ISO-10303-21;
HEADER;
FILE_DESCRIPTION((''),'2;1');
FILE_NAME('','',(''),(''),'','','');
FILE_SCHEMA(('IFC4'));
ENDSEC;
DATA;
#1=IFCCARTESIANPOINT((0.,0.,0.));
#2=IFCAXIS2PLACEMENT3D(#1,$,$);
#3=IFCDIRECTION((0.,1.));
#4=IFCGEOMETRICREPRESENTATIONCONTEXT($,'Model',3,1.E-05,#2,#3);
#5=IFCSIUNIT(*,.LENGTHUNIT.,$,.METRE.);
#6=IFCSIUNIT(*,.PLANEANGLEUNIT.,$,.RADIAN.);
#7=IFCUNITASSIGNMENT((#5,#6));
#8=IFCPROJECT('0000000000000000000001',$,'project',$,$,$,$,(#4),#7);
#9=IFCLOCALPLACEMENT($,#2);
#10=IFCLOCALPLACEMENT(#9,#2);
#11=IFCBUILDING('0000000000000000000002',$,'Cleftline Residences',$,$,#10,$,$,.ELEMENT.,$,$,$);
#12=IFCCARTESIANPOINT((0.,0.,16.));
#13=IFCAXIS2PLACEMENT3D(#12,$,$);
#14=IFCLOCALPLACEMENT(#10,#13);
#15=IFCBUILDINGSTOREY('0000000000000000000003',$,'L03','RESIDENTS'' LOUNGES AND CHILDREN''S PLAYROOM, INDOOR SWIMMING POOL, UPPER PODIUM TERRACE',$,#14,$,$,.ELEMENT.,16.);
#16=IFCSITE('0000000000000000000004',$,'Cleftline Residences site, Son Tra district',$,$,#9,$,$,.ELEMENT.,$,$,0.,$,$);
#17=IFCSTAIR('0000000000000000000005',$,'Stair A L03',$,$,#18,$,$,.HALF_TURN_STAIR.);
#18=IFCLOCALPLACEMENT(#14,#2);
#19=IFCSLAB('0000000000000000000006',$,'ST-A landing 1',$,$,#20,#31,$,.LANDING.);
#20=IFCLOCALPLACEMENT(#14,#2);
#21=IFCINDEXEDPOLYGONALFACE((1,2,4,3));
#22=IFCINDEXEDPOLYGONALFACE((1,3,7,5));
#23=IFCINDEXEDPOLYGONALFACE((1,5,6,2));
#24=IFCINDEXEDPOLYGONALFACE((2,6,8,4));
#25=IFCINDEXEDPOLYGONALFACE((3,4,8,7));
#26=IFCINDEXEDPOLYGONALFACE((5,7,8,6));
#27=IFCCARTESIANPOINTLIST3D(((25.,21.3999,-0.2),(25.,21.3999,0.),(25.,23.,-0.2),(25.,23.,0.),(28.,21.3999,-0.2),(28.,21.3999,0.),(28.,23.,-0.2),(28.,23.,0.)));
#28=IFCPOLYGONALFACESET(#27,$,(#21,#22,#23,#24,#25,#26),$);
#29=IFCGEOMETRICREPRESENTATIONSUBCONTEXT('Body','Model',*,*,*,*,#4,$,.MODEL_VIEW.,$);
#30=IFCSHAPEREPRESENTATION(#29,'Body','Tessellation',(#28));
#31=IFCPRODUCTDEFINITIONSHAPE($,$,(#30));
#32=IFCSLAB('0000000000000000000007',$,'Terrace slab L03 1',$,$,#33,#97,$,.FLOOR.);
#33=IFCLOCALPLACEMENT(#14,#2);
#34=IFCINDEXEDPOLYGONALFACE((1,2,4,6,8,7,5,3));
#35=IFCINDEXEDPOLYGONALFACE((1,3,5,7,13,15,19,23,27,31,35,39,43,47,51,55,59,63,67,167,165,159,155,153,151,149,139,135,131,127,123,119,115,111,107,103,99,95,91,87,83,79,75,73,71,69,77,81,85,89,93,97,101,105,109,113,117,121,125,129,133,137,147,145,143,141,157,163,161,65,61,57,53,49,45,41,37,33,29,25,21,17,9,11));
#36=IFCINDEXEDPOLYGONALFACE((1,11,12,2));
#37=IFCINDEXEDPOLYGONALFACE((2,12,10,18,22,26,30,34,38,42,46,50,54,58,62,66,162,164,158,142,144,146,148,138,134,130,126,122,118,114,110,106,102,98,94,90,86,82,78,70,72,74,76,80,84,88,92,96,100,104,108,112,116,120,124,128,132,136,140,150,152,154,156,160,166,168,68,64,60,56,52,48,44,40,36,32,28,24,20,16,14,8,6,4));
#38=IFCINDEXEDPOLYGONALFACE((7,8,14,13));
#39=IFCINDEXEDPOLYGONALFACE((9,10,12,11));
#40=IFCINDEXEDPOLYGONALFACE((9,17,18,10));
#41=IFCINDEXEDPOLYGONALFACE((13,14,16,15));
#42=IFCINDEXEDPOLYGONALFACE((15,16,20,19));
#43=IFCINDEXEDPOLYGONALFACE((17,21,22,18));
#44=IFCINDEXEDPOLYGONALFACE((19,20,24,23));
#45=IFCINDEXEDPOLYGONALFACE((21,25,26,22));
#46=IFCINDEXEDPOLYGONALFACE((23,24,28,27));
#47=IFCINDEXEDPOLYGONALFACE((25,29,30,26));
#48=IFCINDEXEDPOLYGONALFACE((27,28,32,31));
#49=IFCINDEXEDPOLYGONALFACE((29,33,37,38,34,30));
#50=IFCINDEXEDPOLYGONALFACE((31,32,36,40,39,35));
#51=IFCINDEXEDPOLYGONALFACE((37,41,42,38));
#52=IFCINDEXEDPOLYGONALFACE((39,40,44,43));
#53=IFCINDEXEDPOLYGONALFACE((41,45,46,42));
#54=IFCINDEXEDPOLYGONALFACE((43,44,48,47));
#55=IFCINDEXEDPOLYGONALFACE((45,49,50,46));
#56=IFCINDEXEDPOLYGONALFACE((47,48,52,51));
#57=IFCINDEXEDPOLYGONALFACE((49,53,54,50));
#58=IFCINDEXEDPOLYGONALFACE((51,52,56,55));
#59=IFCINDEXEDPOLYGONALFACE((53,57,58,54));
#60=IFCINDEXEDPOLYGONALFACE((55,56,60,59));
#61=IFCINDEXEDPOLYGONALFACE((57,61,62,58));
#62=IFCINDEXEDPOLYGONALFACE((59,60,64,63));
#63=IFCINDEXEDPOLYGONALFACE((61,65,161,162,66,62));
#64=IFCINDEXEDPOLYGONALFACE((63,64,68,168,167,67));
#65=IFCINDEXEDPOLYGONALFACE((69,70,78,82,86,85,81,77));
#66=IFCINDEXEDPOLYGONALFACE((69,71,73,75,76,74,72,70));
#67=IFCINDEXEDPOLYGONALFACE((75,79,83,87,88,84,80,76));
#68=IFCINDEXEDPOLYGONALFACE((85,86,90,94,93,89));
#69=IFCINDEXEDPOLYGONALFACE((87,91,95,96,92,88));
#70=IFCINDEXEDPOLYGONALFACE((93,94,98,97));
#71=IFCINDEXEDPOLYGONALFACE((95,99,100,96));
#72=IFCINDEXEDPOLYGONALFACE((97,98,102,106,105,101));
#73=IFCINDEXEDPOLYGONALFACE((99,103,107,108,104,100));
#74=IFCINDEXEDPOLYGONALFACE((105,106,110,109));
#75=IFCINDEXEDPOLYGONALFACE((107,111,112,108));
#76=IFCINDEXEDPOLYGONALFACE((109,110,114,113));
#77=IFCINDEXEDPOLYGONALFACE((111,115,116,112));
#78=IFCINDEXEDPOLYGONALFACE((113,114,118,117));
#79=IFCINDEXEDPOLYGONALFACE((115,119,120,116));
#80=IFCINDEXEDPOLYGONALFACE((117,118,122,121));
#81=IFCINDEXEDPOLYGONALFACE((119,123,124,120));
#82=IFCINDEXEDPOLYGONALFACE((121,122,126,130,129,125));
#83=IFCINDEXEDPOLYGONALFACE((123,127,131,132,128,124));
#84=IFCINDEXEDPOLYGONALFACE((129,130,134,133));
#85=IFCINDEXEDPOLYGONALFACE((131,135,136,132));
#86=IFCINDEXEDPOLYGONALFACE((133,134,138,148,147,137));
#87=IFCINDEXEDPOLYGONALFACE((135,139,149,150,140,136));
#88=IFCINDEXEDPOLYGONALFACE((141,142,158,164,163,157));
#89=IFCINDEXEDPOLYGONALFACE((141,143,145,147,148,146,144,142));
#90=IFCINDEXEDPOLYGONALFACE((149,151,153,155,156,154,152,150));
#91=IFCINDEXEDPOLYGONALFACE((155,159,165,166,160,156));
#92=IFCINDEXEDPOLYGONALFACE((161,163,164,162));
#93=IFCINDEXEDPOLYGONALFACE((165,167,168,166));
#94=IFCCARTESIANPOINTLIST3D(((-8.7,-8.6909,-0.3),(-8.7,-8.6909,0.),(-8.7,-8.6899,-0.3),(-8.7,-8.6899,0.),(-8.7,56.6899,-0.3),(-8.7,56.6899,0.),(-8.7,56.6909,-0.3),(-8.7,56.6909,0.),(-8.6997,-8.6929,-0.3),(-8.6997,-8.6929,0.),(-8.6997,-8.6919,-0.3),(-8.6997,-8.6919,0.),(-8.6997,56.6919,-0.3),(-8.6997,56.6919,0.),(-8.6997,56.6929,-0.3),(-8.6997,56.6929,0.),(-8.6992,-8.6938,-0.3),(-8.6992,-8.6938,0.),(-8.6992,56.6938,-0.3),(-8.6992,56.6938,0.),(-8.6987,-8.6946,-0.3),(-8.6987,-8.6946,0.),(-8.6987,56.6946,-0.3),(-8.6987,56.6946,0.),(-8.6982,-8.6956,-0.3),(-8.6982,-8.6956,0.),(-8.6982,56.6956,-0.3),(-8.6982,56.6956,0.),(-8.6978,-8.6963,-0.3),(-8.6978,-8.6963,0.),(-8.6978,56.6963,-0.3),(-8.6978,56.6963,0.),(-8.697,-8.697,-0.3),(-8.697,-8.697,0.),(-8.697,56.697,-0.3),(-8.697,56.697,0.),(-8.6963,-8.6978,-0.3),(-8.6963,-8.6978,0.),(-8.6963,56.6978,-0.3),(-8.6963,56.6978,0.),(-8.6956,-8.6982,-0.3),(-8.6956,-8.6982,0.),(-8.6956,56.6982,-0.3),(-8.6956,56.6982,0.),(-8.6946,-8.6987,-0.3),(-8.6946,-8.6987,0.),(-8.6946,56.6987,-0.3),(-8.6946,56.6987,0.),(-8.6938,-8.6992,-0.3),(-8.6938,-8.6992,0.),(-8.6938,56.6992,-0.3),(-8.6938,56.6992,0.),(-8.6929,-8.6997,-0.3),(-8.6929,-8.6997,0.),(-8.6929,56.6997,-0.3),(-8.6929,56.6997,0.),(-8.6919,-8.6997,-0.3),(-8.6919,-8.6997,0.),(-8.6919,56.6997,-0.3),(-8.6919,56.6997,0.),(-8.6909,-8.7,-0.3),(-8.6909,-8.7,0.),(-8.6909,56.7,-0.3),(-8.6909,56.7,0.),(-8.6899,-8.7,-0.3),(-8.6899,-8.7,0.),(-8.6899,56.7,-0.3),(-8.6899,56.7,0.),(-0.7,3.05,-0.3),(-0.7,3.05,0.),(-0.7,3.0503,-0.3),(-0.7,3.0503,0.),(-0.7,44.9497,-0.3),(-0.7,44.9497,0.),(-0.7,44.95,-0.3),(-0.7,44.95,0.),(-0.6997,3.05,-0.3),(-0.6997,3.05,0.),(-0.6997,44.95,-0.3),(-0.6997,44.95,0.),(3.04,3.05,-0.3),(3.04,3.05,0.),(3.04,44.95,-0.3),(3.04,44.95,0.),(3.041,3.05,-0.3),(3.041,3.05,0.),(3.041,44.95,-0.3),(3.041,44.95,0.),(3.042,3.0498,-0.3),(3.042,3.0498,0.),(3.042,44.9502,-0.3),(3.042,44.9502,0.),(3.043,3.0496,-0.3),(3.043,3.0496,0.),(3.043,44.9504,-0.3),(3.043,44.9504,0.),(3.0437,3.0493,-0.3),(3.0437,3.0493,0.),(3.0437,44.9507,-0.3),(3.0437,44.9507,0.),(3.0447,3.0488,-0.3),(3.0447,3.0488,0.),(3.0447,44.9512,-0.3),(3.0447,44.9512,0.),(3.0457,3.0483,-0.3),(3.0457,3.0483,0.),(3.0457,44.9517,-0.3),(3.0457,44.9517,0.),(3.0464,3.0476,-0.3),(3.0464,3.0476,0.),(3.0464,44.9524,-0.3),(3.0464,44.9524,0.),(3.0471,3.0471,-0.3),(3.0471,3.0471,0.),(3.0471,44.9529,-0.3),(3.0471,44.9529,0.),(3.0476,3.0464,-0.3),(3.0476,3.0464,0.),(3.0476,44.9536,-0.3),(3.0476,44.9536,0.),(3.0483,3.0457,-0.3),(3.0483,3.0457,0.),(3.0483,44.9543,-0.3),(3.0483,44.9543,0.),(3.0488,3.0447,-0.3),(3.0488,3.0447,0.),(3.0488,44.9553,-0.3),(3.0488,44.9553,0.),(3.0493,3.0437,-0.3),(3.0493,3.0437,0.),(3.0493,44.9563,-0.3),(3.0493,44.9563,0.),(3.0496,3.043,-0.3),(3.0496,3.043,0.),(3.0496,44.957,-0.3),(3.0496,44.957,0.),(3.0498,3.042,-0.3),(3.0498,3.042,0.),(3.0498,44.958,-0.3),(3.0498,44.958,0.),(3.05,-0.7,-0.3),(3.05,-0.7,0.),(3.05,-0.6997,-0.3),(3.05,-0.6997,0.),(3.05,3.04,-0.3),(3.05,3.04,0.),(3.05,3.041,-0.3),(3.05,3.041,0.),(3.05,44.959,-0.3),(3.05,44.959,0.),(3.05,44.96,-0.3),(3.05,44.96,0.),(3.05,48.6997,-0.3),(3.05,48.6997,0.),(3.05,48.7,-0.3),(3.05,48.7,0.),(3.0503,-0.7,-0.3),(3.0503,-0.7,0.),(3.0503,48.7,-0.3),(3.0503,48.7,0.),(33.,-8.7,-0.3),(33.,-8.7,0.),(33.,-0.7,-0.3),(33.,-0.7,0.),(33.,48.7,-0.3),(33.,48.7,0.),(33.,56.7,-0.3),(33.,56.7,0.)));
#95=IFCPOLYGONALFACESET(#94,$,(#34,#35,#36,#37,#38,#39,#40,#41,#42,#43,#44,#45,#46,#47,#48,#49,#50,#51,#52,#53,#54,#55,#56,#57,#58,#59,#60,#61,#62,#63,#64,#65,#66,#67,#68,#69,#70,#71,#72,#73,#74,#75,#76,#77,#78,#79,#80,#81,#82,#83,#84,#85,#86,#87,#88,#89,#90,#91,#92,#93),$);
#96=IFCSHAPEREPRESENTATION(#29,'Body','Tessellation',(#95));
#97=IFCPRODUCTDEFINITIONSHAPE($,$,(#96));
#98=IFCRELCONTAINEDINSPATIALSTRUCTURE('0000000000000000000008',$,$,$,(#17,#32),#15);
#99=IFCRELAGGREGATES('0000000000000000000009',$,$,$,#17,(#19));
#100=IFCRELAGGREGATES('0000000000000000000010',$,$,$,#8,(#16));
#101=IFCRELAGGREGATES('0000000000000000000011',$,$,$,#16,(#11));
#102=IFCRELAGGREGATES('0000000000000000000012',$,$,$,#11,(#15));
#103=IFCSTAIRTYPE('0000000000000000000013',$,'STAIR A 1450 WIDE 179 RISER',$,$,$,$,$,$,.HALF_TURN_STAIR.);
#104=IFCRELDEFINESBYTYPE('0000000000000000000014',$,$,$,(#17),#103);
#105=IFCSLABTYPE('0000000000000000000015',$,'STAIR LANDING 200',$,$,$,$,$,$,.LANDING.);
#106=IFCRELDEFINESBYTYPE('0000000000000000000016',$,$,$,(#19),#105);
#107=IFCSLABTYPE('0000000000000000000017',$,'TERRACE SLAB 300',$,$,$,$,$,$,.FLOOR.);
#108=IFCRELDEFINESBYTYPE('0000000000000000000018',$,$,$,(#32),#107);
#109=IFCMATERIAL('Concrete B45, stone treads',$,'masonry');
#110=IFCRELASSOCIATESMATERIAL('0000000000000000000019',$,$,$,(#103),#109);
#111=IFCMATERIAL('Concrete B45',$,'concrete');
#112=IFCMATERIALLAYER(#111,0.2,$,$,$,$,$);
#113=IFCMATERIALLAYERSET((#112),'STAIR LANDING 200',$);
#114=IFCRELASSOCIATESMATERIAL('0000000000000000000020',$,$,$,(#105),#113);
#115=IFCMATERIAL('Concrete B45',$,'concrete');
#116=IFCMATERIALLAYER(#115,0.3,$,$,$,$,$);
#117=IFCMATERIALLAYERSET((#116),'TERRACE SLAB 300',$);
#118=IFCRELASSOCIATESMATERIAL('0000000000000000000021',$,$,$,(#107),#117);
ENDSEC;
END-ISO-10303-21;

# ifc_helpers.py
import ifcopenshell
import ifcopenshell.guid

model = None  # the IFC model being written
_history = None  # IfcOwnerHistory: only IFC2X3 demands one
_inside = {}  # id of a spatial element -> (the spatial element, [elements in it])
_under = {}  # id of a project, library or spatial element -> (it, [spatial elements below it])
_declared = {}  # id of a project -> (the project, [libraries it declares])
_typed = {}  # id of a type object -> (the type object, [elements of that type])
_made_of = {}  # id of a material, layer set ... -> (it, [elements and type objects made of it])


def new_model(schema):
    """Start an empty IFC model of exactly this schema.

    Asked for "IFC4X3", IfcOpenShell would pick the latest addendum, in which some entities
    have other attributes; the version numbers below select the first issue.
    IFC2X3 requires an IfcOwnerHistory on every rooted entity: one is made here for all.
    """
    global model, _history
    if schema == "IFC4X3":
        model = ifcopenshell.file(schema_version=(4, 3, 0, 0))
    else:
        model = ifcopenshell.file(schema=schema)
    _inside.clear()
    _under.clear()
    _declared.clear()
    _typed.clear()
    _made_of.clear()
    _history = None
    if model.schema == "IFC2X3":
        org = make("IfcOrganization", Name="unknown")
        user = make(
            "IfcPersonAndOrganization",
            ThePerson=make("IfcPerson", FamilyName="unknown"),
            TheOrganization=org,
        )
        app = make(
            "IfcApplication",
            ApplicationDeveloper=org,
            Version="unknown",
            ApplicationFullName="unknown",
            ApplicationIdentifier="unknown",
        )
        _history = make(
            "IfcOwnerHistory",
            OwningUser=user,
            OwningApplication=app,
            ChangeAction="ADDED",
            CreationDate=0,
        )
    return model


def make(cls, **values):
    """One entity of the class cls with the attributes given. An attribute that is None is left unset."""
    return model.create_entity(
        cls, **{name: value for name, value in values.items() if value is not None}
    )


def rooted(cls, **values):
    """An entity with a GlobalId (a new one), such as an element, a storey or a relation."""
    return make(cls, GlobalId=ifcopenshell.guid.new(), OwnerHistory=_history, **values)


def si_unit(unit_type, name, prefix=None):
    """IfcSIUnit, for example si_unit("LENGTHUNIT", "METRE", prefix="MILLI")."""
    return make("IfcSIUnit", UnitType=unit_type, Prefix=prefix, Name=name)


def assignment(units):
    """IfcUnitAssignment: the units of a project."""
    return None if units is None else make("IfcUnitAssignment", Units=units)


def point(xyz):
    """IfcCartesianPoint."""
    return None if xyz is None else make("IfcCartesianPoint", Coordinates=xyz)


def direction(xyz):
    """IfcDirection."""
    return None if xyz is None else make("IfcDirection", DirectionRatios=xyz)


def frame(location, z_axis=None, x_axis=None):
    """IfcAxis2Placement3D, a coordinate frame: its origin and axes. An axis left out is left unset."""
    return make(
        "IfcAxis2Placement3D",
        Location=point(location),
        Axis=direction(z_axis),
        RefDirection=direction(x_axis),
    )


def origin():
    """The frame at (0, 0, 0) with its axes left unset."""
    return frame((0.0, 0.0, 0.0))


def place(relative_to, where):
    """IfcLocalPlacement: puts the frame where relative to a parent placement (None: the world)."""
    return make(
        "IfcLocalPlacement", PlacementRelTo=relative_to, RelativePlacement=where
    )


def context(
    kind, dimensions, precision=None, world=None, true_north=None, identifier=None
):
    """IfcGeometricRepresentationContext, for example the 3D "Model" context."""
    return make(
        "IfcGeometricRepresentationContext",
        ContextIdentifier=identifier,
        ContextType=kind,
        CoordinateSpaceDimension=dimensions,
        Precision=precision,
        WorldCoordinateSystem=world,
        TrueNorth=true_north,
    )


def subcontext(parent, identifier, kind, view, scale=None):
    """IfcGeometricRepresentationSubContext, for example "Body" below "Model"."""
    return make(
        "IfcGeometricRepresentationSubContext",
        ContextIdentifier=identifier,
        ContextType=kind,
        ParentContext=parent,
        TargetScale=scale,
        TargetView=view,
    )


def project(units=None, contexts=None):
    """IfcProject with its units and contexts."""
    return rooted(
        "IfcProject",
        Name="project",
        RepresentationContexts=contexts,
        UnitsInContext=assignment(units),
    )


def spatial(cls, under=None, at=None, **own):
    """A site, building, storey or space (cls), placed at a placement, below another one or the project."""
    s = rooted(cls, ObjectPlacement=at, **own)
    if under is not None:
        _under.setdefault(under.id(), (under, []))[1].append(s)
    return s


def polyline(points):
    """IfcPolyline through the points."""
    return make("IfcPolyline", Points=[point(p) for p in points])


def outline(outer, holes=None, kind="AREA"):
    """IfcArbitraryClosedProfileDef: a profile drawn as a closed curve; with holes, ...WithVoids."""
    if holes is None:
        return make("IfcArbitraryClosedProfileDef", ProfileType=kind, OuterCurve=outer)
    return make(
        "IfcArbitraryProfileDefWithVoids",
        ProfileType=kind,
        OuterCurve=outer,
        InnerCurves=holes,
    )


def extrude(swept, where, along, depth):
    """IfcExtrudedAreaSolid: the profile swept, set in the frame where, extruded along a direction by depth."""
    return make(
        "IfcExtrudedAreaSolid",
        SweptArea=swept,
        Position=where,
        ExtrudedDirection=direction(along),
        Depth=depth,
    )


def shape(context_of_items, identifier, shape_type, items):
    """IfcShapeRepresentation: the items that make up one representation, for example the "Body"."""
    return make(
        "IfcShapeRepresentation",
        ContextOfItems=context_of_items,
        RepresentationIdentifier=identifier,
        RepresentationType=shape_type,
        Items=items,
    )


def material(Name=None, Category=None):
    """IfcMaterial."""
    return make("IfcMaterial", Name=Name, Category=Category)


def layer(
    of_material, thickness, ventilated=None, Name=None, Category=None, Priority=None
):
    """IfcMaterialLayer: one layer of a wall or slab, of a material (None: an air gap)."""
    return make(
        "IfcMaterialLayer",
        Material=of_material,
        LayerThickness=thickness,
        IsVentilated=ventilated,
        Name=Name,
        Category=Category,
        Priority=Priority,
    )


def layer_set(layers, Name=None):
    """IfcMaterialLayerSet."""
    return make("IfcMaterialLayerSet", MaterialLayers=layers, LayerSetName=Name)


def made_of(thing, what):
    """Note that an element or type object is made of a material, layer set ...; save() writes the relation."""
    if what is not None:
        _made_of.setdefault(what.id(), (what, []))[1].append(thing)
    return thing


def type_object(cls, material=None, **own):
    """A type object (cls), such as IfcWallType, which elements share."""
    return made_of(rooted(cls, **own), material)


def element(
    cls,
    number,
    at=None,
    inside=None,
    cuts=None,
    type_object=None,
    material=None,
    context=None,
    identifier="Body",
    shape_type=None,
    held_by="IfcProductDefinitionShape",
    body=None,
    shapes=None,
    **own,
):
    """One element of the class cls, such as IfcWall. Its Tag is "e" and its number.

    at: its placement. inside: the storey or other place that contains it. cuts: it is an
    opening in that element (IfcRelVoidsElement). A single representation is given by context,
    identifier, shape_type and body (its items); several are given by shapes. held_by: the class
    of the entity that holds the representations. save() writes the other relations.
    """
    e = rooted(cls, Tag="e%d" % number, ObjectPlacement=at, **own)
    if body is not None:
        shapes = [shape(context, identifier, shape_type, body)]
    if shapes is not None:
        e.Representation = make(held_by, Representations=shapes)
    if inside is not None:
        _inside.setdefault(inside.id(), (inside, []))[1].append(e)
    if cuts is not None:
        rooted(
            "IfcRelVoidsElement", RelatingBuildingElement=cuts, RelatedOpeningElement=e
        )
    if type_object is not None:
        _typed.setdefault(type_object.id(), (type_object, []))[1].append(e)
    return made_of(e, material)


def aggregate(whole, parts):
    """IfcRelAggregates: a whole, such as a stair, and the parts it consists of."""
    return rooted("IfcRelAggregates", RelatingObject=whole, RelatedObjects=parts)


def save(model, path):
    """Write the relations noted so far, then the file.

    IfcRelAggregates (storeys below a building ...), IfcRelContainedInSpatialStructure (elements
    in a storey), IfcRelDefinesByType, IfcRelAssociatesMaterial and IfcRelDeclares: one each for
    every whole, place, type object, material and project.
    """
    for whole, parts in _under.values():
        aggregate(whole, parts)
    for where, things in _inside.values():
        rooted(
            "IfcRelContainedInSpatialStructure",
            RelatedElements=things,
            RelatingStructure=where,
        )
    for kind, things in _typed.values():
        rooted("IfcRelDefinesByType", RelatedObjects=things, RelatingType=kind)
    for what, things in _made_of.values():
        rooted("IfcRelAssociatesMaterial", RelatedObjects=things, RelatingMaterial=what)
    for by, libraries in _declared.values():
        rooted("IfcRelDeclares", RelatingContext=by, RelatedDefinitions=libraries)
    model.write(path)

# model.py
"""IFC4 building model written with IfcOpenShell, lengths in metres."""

from ifc_helpers import new_model, si_unit, direction, frame, origin, place, context, subcontext, project, spatial, polyline, outline, extrude, material, layer, layer_set, type_object, element, aggregate, save


model = new_model("IFC4")

# Units and contexts
model_context = context("Model", 3, precision=1e-05, world=origin(), true_north=direction((0.0, 1.0)))
body_context = subcontext(model_context, "Body", "Model", "MODEL_VIEW")
ifc_project = project(units=[si_unit("LENGTHUNIT", "METRE"), si_unit("PLANEANGLEUNIT", "RADIAN")], contexts=[model_context])

# Site, building, storey
site_placement = place(None, origin())
site = spatial("IfcSite", under=ifc_project, at=site_placement, Name="Cleftline Residences site, Son Tra district", CompositionType="ELEMENT", RefElevation=0.0)
building_placement = place(site_placement, origin())
building = spatial("IfcBuilding", under=site, at=building_placement, Name="Cleftline Residences", CompositionType="ELEMENT")
storey_placement = place(building_placement, frame((0.0, 0.0, 16.0)))
storey = spatial("IfcBuildingStorey", under=building, at=storey_placement, Name="L03", Description="RESIDENTS' LOUNGES AND CHILDREN'S PLAYROOM, INDOOR SWIMMING POOL, UPPER PODIUM TERRACE", CompositionType="ELEMENT", Elevation=16.0)

# Stair, slab
ifc_material_1 = material(Name="Concrete B45, stone treads", Category="masonry")
stair_type = type_object("IfcStairType", Name="STAIR A 1450 WIDE 179 RISER", PredefinedType="HALF_TURN_STAIR", material=ifc_material_1)
stair_placement = place(storey_placement, origin())
stair = element("IfcStair", 1, at=stair_placement, inside=storey, type_object=stair_type, Name="Stair A L03", PredefinedType="HALF_TURN_STAIR")
ifc_material_2 = material(Name="Concrete B45", Category="concrete")
ifc_layer_1 = layer(ifc_material_2, 0.2)
ifc_layer_set_1 = layer_set([ifc_layer_1], Name="STAIR LANDING 200")
slab_type_1 = type_object("IfcSlabType", Name="STAIR LANDING 200", PredefinedType="LANDING", material=ifc_layer_set_1)
slab_1_placement = place(storey_placement, frame((0.0, 0.0, -0.2)))
slab_1 = element("IfcSlab", 2, at=slab_1_placement, type_object=slab_type_1, Name="ST-A landing 1", PredefinedType="LANDING", context=body_context, shape_type="SweptSolid", body=[
    extrude(outline(polyline([(25.0, 21.3999), (28.0, 21.3999), (28.0, 23.0), (25.0, 23.0), (25.0, 21.3999)])), origin(), (0.0, 0.0, 1.0), 0.2),
])
aggregate(stair, [slab_1])

# Slab
ifc_material_3 = material(Name="Concrete B45", Category="concrete")
ifc_layer_2 = layer(ifc_material_3, 0.3)
ifc_layer_set_2 = layer_set([ifc_layer_2], Name="TERRACE SLAB 300")
slab_type_2 = type_object("IfcSlabType", Name="TERRACE SLAB 300", PredefinedType="FLOOR", material=ifc_layer_set_2)
slab_2_placement = place(storey_placement, frame((0.0, 0.0, -0.3)))
element("IfcSlab", 3, at=slab_2_placement, inside=storey, type_object=slab_type_2, Name="Terrace slab L03 1", PredefinedType="FLOOR", context=body_context, shape_type="SweptSolid", body=[
    extrude(outline(polyline([(-8.6899, -8.7), (33.0, -8.7), (33.0, -0.7), (3.0503, -0.7), (3.05, -0.7), (3.05, -0.6997), (3.05, 3.04), (3.05, 3.041), (3.0498, 3.042), (3.0496, 3.043), (3.0493, 3.0437), (3.0488, 3.0447), (3.0483, 3.0457), (3.0476, 3.0464), (3.0471, 3.0471), (3.0464, 3.0476), (3.0457, 3.0483), (3.0447, 3.0488), (3.0437, 3.0493), (3.043, 3.0496), (3.042, 3.0498), (3.041, 3.05), (3.04, 3.05), (-0.6997, 3.05), (-0.7, 3.05), (-0.7, 3.0503), (-0.7, 44.9497), (-0.7, 44.95), (-0.6997, 44.95), (3.04, 44.95), (3.041, 44.95), (3.042, 44.9502), (3.043, 44.9504), (3.0437, 44.9507), (3.0447, 44.9512), (3.0457, 44.9517), (3.0464, 44.9524), (3.0471, 44.9529), (3.0476, 44.9536), (3.0483, 44.9543), (3.0488, 44.9553), (3.0493, 44.9563), (3.0496, 44.957), (3.0498, 44.958), (3.05, 44.959), (3.05, 44.96), (3.05, 48.6997), (3.05, 48.7), (3.0503, 48.7), (33.0, 48.7), (33.0, 56.7), (-8.6899, 56.7), (-8.6909, 56.7), (-8.6919, 56.6997), (-8.6929, 56.6997), (-8.6938, 56.6992), (-8.6946, 56.6987), (-8.6956, 56.6982), (-8.6963, 56.6978), (-8.697, 56.697), (-8.6978, 56.6963), (-8.6982, 56.6956), (-8.6987, 56.6946), (-8.6992, 56.6938), (-8.6997, 56.6929), (-8.6997, 56.6919), (-8.7, 56.6909), (-8.7, 56.6899), (-8.7, -8.6899), (-8.7, -8.6909), (-8.6997, -8.6919), (-8.6997, -8.6929), (-8.6992, -8.6938), (-8.6987, -8.6946), (-8.6982, -8.6956), (-8.6978, -8.6963), (-8.697, -8.697), (-8.6963, -8.6978), (-8.6956, -8.6982), (-8.6946, -8.6987), (-8.6938, -8.6992), (-8.6929, -8.6997), (-8.6919, -8.6997), (-8.6909, -8.7), (-8.6899, -8.7)])), origin(), (0.0, 0.0, 1.0), 0.3),
])

save(model, "model.ifc")
